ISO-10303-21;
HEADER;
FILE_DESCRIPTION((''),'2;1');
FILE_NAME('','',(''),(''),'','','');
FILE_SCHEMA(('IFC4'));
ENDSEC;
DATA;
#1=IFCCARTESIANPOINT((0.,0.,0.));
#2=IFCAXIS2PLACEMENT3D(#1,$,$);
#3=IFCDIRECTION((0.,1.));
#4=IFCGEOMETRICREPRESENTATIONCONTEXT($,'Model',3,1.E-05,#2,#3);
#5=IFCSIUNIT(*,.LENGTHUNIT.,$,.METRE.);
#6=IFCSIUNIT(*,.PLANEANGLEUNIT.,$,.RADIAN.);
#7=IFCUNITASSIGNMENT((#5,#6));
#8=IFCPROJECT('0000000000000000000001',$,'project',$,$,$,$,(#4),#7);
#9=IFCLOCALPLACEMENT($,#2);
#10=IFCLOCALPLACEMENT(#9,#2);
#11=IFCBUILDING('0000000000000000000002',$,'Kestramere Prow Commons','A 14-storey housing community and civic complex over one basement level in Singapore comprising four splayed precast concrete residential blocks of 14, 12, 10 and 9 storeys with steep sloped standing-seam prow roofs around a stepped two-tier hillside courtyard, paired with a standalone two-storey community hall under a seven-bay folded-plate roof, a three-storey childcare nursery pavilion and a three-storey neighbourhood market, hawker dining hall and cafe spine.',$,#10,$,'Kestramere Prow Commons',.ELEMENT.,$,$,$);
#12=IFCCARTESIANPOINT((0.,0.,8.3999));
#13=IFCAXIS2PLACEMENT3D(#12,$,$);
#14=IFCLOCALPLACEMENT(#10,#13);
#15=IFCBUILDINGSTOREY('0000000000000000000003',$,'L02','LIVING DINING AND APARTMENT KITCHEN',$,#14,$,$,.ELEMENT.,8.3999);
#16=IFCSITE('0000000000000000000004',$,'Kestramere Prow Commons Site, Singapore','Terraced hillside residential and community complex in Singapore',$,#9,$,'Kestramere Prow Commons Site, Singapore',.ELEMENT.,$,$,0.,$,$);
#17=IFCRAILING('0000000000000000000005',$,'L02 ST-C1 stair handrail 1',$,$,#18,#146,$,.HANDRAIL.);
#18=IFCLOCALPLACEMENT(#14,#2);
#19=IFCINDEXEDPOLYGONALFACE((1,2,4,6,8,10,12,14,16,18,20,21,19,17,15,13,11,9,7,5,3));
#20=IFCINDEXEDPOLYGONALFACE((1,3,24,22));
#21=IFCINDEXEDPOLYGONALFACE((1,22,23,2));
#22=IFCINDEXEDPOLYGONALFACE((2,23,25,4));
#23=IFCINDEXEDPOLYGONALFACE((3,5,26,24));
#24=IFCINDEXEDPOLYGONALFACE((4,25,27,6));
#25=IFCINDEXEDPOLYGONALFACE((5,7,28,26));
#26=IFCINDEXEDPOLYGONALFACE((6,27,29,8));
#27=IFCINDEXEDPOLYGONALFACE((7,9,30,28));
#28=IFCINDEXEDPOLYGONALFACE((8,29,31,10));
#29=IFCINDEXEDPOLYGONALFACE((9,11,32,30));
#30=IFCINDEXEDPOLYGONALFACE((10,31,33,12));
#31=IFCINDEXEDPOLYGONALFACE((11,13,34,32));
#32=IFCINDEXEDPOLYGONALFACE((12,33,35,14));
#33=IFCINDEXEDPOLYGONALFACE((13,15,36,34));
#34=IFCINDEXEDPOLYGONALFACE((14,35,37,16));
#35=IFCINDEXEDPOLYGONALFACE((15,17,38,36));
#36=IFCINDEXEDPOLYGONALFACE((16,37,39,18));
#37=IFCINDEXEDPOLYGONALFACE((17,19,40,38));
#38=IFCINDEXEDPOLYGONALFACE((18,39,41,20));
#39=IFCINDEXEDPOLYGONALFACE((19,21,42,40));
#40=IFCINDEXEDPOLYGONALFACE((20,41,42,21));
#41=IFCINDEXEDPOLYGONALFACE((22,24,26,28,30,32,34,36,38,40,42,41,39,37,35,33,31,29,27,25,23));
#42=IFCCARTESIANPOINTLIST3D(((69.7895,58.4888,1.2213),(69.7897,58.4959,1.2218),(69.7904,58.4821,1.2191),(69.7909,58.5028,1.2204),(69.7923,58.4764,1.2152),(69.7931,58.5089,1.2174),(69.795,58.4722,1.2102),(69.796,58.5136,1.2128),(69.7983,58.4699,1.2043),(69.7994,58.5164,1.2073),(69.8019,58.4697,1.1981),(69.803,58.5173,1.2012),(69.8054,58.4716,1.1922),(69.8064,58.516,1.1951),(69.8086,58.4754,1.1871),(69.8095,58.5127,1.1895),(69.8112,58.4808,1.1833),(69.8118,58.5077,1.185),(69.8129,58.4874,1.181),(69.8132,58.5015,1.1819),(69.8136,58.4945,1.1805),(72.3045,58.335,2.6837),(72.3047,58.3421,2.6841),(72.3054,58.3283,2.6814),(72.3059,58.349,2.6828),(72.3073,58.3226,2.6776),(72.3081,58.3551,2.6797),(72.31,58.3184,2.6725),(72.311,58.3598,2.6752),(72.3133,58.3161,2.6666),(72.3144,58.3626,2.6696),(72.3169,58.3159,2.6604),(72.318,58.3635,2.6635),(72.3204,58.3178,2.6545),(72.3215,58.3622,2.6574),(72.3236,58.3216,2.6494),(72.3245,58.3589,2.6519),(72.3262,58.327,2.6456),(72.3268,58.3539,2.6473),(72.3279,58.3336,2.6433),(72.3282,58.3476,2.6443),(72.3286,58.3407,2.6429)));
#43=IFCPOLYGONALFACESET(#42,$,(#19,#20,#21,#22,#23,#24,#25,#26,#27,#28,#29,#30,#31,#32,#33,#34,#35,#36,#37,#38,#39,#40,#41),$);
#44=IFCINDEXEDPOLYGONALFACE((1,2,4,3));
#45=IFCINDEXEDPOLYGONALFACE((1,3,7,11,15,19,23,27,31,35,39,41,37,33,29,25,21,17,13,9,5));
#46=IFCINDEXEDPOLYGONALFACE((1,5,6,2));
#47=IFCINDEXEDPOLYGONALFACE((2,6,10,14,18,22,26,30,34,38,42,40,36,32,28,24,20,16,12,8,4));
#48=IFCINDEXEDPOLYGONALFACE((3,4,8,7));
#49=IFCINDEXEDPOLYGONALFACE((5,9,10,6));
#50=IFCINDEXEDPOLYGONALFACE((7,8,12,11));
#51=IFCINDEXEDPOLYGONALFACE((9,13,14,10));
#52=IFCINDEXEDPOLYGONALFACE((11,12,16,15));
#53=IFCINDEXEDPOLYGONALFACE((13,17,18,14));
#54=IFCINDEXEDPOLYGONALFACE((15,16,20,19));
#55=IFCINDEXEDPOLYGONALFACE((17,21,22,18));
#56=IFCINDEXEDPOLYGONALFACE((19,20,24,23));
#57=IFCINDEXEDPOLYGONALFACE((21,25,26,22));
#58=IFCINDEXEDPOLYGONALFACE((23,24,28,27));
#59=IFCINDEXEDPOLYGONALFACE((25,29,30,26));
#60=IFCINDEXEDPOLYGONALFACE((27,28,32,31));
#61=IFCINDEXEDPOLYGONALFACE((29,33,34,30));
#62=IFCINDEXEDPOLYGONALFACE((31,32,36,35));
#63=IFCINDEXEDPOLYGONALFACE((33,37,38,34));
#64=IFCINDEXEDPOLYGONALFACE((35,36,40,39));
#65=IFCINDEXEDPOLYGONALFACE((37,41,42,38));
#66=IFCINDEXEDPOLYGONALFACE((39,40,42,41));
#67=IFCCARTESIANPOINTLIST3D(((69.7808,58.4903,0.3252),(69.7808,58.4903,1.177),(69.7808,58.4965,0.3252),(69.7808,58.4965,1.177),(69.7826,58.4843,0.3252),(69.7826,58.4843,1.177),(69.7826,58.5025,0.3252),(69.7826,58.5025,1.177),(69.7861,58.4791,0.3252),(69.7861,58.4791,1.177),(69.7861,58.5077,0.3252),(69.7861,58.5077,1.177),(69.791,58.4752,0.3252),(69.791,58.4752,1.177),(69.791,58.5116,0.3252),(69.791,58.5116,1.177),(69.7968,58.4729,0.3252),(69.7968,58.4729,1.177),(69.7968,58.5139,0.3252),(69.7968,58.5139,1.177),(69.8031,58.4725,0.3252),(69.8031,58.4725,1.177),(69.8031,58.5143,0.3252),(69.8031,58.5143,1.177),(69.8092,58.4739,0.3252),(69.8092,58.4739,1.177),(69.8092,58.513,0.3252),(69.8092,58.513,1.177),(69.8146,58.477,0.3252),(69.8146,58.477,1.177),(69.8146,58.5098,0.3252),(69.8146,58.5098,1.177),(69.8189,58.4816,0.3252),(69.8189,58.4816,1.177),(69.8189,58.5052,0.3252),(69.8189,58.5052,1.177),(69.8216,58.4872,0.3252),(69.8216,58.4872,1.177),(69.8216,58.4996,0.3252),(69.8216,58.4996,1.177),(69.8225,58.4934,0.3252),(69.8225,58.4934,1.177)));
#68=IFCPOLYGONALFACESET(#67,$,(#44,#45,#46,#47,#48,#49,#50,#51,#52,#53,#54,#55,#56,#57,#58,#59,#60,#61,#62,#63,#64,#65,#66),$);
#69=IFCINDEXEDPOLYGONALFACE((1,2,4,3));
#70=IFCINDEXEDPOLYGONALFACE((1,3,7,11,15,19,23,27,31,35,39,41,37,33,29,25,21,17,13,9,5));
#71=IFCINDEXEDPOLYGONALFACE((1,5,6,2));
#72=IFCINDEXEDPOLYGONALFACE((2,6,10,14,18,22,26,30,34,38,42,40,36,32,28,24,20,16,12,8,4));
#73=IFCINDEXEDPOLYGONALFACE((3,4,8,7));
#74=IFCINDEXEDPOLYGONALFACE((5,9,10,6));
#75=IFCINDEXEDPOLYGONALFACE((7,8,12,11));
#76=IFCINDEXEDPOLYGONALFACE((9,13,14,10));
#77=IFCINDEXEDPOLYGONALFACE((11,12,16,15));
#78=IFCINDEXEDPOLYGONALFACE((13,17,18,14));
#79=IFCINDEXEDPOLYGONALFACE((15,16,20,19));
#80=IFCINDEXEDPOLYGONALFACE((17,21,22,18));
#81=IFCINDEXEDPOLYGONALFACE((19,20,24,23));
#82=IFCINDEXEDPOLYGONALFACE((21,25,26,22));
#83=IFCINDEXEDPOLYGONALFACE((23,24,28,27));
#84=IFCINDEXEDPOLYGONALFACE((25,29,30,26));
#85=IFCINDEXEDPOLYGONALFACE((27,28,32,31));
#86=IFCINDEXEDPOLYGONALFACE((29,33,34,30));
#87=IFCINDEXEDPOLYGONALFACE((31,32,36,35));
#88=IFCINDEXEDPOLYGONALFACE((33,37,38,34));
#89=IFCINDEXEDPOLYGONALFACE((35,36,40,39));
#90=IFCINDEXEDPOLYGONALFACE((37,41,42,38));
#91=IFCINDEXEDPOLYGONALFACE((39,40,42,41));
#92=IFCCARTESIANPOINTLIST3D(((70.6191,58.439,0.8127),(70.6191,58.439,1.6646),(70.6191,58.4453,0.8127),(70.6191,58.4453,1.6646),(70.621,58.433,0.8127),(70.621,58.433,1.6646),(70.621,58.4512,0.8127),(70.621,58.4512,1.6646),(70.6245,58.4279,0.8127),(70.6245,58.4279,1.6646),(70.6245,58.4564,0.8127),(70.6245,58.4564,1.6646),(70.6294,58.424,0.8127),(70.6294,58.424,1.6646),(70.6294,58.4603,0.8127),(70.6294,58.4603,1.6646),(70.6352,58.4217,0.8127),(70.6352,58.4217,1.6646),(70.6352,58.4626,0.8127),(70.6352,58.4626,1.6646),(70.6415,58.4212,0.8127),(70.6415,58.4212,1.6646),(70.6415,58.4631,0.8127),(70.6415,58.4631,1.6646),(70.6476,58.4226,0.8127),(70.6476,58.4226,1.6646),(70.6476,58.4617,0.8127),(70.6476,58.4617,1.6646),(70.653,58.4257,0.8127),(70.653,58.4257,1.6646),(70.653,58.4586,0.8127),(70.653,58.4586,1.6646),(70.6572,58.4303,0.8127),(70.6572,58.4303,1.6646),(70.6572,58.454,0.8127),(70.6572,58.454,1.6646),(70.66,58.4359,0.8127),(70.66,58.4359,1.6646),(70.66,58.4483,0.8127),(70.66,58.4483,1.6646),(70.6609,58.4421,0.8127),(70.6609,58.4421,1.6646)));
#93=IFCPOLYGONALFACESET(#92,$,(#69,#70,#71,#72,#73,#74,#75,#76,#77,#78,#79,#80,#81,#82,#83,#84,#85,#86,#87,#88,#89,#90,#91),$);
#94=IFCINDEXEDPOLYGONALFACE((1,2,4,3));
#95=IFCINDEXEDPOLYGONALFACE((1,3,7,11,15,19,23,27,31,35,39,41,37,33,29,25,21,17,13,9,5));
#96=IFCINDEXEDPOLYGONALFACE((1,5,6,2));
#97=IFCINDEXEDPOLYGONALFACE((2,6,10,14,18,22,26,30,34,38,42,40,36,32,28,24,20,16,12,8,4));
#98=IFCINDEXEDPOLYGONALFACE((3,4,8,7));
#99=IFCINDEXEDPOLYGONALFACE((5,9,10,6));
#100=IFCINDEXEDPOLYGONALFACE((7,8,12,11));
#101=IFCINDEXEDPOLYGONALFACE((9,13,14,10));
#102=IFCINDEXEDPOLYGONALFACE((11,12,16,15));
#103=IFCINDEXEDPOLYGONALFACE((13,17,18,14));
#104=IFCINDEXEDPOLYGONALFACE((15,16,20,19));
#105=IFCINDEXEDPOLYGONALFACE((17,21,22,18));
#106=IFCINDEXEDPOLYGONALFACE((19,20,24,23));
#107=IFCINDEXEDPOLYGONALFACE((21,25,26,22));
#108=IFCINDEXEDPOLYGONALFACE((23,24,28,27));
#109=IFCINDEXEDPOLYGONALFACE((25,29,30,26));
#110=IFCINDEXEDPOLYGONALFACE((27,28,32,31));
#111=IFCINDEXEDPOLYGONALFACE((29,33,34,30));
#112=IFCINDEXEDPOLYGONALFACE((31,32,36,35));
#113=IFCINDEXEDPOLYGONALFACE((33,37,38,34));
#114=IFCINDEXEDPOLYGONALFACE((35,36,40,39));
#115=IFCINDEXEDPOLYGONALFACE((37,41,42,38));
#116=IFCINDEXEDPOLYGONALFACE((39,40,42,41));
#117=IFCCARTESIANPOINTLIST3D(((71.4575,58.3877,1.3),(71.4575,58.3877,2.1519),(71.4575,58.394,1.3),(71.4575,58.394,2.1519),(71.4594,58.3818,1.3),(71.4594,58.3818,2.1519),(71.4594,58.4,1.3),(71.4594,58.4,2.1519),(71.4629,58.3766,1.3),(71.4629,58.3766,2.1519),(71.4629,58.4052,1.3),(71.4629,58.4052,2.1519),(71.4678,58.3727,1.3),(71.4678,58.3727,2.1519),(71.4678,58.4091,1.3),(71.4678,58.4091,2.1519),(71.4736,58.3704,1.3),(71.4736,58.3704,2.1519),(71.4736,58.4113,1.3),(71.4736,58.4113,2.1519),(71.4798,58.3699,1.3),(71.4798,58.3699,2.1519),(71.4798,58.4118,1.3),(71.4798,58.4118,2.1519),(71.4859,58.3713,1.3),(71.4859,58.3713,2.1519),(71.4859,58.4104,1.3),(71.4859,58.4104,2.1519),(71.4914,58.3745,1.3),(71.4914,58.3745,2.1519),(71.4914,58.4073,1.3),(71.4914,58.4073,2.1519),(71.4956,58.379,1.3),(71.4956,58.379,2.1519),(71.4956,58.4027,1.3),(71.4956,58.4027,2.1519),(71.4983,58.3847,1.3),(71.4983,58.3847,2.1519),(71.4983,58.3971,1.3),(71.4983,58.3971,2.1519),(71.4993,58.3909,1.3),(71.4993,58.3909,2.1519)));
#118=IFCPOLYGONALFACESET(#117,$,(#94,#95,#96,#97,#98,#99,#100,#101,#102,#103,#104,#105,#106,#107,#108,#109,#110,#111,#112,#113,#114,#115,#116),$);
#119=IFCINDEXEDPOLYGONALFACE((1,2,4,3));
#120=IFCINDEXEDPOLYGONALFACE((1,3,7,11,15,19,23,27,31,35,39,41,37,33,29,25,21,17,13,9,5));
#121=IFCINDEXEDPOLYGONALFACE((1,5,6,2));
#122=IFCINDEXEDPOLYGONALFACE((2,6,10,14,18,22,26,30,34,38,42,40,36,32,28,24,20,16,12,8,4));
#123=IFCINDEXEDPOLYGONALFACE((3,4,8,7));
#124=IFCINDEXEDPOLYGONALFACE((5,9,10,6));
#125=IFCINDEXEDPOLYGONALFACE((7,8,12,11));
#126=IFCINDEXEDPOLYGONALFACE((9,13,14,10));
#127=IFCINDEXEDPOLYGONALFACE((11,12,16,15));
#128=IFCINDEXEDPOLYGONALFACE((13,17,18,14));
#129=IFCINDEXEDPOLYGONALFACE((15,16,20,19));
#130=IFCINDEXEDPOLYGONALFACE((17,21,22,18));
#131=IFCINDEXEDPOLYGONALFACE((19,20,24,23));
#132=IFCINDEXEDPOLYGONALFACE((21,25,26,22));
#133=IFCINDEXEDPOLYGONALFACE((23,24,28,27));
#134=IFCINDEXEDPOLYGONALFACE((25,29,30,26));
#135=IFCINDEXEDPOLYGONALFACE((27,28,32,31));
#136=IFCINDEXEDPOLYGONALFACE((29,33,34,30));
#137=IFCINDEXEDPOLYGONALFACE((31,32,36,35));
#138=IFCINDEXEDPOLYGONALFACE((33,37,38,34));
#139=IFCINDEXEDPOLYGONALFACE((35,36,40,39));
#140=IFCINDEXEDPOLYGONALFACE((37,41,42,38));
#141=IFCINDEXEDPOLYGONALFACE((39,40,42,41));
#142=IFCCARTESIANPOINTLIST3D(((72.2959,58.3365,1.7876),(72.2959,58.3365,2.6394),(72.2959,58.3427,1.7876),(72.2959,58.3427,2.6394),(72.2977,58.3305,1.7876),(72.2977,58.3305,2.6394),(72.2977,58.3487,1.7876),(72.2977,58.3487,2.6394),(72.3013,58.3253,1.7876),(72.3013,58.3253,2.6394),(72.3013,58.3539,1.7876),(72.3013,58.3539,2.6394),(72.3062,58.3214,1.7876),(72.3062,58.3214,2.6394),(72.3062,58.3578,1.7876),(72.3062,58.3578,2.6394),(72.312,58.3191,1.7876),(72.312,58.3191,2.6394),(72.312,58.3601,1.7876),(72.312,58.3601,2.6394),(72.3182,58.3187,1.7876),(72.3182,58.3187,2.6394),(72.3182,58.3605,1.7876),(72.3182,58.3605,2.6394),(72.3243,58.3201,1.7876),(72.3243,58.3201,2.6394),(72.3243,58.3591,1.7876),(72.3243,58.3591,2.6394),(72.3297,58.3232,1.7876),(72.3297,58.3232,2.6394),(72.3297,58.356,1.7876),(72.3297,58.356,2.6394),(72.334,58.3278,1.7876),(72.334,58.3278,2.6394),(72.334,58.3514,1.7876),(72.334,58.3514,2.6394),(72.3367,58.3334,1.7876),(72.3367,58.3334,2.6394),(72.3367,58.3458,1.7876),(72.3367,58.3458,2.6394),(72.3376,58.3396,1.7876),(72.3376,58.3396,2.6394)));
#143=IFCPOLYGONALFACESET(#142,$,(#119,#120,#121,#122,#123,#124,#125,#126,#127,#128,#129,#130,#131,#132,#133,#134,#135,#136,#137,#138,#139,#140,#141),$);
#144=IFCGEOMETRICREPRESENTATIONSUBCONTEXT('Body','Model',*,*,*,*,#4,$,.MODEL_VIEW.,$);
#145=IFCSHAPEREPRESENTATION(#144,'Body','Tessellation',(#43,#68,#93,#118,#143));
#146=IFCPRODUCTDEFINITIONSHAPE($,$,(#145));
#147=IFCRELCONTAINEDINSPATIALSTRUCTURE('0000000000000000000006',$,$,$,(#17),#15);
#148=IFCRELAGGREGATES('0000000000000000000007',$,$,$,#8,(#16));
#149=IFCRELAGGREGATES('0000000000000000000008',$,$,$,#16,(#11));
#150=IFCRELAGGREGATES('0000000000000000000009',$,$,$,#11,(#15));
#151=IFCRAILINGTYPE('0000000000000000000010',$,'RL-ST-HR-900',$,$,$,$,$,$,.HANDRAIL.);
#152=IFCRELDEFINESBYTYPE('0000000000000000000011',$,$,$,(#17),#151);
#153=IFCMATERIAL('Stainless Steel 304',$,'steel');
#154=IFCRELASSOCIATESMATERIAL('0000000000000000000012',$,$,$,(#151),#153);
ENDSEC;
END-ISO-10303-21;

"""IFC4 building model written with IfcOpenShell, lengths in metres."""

from ifc_helpers import new_model, si_unit, direction, frame, origin, origin_2d, place, context, subcontext, project, spatial, circle, extrude, material, type_object, element, save


model = new_model("IFC4")

# Units and contexts
model_context = context("Model", 3, precision=1e-05, world=origin(), true_north=direction((0.0, 1.0)))
body_context = subcontext(model_context, "Body", "Model", "MODEL_VIEW")
ifc_project = project(units=[si_unit("LENGTHUNIT", "METRE"), si_unit("PLANEANGLEUNIT", "RADIAN")], contexts=[model_context])

# Site, building, storey
site_placement = place(None, origin())
site = spatial("IfcSite", under=ifc_project, at=site_placement, Name="Kestramere Prow Commons Site, Singapore", Description="Terraced hillside residential and community complex in Singapore", LongName="Kestramere Prow Commons Site, Singapore", CompositionType="ELEMENT", RefElevation=0.0)
building_placement = place(site_placement, origin())
building = spatial("IfcBuilding", under=site, at=building_placement, Name="Kestramere Prow Commons", Description="A 14-storey housing community and civic complex over one basement level in Singapore comprising four splayed precast concrete residential blocks of 14, 12, 10 and 9 storeys with steep sloped standing-seam prow roofs around a stepped two-tier hillside courtyard, paired with a standalone two-storey community hall under a seven-bay folded-plate roof, a three-storey childcare nursery pavilion and a three-storey neighbourhood market, hawker dining hall and cafe spine.", LongName="Kestramere Prow Commons", CompositionType="ELEMENT")
storey_placement = place(building_placement, frame((0.0, 0.0, 8.3999)))
storey = spatial("IfcBuildingStorey", under=building, at=storey_placement, Name="L02", Description="LIVING DINING AND APARTMENT KITCHEN", CompositionType="ELEMENT", Elevation=8.3999)

# Railing
ifc_material_1 = material(Name="Stainless Steel 304", Category="steel")
railing_type_1 = type_object("IfcRailingType", Name="RL-ST-HR-900", PredefinedType="HANDRAIL", material=ifc_material_1)
railing_1_placement = place(storey_placement, frame((69.8015, 58.4934, 0.3252)))
element("IfcRailing", 1, at=railing_1_placement, inside=storey, type_object=railing_type_1, Name="L02 ST-C1 stair handrail 1", PredefinedType="HANDRAIL", context=body_context, shape_type="SweptSolid", body=[
    extrude(circle(Radius=0.0239, at=origin_2d()), frame((0.0, 0.0, 0.876), z_axis=(0.863285, -0.052793, 0.501949), x_axis=(0.061039, 0.998135, 0.0)), (0.0, 0.0, 1.0), 2.9133),
    extrude(circle(Radius=0.021, at=origin_2d()), origin(), (0.0, 0.0, 1.0), 0.8518),
    extrude(circle(Radius=0.021, at=origin_2d()), frame((0.8384, -0.0513, 0.4875)), (0.0, 0.0, 1.0), 0.8518),
    extrude(circle(Radius=0.021, at=origin_2d()), frame((1.6768, -0.1025, 0.9749)), (0.0, 0.0, 1.0), 0.8518),
    extrude(circle(Radius=0.021, at=origin_2d()), frame((2.5151, -0.1538, 1.4624)), (0.0, 0.0, 1.0), 0.8518),
])

save(model, "model.ifc")
